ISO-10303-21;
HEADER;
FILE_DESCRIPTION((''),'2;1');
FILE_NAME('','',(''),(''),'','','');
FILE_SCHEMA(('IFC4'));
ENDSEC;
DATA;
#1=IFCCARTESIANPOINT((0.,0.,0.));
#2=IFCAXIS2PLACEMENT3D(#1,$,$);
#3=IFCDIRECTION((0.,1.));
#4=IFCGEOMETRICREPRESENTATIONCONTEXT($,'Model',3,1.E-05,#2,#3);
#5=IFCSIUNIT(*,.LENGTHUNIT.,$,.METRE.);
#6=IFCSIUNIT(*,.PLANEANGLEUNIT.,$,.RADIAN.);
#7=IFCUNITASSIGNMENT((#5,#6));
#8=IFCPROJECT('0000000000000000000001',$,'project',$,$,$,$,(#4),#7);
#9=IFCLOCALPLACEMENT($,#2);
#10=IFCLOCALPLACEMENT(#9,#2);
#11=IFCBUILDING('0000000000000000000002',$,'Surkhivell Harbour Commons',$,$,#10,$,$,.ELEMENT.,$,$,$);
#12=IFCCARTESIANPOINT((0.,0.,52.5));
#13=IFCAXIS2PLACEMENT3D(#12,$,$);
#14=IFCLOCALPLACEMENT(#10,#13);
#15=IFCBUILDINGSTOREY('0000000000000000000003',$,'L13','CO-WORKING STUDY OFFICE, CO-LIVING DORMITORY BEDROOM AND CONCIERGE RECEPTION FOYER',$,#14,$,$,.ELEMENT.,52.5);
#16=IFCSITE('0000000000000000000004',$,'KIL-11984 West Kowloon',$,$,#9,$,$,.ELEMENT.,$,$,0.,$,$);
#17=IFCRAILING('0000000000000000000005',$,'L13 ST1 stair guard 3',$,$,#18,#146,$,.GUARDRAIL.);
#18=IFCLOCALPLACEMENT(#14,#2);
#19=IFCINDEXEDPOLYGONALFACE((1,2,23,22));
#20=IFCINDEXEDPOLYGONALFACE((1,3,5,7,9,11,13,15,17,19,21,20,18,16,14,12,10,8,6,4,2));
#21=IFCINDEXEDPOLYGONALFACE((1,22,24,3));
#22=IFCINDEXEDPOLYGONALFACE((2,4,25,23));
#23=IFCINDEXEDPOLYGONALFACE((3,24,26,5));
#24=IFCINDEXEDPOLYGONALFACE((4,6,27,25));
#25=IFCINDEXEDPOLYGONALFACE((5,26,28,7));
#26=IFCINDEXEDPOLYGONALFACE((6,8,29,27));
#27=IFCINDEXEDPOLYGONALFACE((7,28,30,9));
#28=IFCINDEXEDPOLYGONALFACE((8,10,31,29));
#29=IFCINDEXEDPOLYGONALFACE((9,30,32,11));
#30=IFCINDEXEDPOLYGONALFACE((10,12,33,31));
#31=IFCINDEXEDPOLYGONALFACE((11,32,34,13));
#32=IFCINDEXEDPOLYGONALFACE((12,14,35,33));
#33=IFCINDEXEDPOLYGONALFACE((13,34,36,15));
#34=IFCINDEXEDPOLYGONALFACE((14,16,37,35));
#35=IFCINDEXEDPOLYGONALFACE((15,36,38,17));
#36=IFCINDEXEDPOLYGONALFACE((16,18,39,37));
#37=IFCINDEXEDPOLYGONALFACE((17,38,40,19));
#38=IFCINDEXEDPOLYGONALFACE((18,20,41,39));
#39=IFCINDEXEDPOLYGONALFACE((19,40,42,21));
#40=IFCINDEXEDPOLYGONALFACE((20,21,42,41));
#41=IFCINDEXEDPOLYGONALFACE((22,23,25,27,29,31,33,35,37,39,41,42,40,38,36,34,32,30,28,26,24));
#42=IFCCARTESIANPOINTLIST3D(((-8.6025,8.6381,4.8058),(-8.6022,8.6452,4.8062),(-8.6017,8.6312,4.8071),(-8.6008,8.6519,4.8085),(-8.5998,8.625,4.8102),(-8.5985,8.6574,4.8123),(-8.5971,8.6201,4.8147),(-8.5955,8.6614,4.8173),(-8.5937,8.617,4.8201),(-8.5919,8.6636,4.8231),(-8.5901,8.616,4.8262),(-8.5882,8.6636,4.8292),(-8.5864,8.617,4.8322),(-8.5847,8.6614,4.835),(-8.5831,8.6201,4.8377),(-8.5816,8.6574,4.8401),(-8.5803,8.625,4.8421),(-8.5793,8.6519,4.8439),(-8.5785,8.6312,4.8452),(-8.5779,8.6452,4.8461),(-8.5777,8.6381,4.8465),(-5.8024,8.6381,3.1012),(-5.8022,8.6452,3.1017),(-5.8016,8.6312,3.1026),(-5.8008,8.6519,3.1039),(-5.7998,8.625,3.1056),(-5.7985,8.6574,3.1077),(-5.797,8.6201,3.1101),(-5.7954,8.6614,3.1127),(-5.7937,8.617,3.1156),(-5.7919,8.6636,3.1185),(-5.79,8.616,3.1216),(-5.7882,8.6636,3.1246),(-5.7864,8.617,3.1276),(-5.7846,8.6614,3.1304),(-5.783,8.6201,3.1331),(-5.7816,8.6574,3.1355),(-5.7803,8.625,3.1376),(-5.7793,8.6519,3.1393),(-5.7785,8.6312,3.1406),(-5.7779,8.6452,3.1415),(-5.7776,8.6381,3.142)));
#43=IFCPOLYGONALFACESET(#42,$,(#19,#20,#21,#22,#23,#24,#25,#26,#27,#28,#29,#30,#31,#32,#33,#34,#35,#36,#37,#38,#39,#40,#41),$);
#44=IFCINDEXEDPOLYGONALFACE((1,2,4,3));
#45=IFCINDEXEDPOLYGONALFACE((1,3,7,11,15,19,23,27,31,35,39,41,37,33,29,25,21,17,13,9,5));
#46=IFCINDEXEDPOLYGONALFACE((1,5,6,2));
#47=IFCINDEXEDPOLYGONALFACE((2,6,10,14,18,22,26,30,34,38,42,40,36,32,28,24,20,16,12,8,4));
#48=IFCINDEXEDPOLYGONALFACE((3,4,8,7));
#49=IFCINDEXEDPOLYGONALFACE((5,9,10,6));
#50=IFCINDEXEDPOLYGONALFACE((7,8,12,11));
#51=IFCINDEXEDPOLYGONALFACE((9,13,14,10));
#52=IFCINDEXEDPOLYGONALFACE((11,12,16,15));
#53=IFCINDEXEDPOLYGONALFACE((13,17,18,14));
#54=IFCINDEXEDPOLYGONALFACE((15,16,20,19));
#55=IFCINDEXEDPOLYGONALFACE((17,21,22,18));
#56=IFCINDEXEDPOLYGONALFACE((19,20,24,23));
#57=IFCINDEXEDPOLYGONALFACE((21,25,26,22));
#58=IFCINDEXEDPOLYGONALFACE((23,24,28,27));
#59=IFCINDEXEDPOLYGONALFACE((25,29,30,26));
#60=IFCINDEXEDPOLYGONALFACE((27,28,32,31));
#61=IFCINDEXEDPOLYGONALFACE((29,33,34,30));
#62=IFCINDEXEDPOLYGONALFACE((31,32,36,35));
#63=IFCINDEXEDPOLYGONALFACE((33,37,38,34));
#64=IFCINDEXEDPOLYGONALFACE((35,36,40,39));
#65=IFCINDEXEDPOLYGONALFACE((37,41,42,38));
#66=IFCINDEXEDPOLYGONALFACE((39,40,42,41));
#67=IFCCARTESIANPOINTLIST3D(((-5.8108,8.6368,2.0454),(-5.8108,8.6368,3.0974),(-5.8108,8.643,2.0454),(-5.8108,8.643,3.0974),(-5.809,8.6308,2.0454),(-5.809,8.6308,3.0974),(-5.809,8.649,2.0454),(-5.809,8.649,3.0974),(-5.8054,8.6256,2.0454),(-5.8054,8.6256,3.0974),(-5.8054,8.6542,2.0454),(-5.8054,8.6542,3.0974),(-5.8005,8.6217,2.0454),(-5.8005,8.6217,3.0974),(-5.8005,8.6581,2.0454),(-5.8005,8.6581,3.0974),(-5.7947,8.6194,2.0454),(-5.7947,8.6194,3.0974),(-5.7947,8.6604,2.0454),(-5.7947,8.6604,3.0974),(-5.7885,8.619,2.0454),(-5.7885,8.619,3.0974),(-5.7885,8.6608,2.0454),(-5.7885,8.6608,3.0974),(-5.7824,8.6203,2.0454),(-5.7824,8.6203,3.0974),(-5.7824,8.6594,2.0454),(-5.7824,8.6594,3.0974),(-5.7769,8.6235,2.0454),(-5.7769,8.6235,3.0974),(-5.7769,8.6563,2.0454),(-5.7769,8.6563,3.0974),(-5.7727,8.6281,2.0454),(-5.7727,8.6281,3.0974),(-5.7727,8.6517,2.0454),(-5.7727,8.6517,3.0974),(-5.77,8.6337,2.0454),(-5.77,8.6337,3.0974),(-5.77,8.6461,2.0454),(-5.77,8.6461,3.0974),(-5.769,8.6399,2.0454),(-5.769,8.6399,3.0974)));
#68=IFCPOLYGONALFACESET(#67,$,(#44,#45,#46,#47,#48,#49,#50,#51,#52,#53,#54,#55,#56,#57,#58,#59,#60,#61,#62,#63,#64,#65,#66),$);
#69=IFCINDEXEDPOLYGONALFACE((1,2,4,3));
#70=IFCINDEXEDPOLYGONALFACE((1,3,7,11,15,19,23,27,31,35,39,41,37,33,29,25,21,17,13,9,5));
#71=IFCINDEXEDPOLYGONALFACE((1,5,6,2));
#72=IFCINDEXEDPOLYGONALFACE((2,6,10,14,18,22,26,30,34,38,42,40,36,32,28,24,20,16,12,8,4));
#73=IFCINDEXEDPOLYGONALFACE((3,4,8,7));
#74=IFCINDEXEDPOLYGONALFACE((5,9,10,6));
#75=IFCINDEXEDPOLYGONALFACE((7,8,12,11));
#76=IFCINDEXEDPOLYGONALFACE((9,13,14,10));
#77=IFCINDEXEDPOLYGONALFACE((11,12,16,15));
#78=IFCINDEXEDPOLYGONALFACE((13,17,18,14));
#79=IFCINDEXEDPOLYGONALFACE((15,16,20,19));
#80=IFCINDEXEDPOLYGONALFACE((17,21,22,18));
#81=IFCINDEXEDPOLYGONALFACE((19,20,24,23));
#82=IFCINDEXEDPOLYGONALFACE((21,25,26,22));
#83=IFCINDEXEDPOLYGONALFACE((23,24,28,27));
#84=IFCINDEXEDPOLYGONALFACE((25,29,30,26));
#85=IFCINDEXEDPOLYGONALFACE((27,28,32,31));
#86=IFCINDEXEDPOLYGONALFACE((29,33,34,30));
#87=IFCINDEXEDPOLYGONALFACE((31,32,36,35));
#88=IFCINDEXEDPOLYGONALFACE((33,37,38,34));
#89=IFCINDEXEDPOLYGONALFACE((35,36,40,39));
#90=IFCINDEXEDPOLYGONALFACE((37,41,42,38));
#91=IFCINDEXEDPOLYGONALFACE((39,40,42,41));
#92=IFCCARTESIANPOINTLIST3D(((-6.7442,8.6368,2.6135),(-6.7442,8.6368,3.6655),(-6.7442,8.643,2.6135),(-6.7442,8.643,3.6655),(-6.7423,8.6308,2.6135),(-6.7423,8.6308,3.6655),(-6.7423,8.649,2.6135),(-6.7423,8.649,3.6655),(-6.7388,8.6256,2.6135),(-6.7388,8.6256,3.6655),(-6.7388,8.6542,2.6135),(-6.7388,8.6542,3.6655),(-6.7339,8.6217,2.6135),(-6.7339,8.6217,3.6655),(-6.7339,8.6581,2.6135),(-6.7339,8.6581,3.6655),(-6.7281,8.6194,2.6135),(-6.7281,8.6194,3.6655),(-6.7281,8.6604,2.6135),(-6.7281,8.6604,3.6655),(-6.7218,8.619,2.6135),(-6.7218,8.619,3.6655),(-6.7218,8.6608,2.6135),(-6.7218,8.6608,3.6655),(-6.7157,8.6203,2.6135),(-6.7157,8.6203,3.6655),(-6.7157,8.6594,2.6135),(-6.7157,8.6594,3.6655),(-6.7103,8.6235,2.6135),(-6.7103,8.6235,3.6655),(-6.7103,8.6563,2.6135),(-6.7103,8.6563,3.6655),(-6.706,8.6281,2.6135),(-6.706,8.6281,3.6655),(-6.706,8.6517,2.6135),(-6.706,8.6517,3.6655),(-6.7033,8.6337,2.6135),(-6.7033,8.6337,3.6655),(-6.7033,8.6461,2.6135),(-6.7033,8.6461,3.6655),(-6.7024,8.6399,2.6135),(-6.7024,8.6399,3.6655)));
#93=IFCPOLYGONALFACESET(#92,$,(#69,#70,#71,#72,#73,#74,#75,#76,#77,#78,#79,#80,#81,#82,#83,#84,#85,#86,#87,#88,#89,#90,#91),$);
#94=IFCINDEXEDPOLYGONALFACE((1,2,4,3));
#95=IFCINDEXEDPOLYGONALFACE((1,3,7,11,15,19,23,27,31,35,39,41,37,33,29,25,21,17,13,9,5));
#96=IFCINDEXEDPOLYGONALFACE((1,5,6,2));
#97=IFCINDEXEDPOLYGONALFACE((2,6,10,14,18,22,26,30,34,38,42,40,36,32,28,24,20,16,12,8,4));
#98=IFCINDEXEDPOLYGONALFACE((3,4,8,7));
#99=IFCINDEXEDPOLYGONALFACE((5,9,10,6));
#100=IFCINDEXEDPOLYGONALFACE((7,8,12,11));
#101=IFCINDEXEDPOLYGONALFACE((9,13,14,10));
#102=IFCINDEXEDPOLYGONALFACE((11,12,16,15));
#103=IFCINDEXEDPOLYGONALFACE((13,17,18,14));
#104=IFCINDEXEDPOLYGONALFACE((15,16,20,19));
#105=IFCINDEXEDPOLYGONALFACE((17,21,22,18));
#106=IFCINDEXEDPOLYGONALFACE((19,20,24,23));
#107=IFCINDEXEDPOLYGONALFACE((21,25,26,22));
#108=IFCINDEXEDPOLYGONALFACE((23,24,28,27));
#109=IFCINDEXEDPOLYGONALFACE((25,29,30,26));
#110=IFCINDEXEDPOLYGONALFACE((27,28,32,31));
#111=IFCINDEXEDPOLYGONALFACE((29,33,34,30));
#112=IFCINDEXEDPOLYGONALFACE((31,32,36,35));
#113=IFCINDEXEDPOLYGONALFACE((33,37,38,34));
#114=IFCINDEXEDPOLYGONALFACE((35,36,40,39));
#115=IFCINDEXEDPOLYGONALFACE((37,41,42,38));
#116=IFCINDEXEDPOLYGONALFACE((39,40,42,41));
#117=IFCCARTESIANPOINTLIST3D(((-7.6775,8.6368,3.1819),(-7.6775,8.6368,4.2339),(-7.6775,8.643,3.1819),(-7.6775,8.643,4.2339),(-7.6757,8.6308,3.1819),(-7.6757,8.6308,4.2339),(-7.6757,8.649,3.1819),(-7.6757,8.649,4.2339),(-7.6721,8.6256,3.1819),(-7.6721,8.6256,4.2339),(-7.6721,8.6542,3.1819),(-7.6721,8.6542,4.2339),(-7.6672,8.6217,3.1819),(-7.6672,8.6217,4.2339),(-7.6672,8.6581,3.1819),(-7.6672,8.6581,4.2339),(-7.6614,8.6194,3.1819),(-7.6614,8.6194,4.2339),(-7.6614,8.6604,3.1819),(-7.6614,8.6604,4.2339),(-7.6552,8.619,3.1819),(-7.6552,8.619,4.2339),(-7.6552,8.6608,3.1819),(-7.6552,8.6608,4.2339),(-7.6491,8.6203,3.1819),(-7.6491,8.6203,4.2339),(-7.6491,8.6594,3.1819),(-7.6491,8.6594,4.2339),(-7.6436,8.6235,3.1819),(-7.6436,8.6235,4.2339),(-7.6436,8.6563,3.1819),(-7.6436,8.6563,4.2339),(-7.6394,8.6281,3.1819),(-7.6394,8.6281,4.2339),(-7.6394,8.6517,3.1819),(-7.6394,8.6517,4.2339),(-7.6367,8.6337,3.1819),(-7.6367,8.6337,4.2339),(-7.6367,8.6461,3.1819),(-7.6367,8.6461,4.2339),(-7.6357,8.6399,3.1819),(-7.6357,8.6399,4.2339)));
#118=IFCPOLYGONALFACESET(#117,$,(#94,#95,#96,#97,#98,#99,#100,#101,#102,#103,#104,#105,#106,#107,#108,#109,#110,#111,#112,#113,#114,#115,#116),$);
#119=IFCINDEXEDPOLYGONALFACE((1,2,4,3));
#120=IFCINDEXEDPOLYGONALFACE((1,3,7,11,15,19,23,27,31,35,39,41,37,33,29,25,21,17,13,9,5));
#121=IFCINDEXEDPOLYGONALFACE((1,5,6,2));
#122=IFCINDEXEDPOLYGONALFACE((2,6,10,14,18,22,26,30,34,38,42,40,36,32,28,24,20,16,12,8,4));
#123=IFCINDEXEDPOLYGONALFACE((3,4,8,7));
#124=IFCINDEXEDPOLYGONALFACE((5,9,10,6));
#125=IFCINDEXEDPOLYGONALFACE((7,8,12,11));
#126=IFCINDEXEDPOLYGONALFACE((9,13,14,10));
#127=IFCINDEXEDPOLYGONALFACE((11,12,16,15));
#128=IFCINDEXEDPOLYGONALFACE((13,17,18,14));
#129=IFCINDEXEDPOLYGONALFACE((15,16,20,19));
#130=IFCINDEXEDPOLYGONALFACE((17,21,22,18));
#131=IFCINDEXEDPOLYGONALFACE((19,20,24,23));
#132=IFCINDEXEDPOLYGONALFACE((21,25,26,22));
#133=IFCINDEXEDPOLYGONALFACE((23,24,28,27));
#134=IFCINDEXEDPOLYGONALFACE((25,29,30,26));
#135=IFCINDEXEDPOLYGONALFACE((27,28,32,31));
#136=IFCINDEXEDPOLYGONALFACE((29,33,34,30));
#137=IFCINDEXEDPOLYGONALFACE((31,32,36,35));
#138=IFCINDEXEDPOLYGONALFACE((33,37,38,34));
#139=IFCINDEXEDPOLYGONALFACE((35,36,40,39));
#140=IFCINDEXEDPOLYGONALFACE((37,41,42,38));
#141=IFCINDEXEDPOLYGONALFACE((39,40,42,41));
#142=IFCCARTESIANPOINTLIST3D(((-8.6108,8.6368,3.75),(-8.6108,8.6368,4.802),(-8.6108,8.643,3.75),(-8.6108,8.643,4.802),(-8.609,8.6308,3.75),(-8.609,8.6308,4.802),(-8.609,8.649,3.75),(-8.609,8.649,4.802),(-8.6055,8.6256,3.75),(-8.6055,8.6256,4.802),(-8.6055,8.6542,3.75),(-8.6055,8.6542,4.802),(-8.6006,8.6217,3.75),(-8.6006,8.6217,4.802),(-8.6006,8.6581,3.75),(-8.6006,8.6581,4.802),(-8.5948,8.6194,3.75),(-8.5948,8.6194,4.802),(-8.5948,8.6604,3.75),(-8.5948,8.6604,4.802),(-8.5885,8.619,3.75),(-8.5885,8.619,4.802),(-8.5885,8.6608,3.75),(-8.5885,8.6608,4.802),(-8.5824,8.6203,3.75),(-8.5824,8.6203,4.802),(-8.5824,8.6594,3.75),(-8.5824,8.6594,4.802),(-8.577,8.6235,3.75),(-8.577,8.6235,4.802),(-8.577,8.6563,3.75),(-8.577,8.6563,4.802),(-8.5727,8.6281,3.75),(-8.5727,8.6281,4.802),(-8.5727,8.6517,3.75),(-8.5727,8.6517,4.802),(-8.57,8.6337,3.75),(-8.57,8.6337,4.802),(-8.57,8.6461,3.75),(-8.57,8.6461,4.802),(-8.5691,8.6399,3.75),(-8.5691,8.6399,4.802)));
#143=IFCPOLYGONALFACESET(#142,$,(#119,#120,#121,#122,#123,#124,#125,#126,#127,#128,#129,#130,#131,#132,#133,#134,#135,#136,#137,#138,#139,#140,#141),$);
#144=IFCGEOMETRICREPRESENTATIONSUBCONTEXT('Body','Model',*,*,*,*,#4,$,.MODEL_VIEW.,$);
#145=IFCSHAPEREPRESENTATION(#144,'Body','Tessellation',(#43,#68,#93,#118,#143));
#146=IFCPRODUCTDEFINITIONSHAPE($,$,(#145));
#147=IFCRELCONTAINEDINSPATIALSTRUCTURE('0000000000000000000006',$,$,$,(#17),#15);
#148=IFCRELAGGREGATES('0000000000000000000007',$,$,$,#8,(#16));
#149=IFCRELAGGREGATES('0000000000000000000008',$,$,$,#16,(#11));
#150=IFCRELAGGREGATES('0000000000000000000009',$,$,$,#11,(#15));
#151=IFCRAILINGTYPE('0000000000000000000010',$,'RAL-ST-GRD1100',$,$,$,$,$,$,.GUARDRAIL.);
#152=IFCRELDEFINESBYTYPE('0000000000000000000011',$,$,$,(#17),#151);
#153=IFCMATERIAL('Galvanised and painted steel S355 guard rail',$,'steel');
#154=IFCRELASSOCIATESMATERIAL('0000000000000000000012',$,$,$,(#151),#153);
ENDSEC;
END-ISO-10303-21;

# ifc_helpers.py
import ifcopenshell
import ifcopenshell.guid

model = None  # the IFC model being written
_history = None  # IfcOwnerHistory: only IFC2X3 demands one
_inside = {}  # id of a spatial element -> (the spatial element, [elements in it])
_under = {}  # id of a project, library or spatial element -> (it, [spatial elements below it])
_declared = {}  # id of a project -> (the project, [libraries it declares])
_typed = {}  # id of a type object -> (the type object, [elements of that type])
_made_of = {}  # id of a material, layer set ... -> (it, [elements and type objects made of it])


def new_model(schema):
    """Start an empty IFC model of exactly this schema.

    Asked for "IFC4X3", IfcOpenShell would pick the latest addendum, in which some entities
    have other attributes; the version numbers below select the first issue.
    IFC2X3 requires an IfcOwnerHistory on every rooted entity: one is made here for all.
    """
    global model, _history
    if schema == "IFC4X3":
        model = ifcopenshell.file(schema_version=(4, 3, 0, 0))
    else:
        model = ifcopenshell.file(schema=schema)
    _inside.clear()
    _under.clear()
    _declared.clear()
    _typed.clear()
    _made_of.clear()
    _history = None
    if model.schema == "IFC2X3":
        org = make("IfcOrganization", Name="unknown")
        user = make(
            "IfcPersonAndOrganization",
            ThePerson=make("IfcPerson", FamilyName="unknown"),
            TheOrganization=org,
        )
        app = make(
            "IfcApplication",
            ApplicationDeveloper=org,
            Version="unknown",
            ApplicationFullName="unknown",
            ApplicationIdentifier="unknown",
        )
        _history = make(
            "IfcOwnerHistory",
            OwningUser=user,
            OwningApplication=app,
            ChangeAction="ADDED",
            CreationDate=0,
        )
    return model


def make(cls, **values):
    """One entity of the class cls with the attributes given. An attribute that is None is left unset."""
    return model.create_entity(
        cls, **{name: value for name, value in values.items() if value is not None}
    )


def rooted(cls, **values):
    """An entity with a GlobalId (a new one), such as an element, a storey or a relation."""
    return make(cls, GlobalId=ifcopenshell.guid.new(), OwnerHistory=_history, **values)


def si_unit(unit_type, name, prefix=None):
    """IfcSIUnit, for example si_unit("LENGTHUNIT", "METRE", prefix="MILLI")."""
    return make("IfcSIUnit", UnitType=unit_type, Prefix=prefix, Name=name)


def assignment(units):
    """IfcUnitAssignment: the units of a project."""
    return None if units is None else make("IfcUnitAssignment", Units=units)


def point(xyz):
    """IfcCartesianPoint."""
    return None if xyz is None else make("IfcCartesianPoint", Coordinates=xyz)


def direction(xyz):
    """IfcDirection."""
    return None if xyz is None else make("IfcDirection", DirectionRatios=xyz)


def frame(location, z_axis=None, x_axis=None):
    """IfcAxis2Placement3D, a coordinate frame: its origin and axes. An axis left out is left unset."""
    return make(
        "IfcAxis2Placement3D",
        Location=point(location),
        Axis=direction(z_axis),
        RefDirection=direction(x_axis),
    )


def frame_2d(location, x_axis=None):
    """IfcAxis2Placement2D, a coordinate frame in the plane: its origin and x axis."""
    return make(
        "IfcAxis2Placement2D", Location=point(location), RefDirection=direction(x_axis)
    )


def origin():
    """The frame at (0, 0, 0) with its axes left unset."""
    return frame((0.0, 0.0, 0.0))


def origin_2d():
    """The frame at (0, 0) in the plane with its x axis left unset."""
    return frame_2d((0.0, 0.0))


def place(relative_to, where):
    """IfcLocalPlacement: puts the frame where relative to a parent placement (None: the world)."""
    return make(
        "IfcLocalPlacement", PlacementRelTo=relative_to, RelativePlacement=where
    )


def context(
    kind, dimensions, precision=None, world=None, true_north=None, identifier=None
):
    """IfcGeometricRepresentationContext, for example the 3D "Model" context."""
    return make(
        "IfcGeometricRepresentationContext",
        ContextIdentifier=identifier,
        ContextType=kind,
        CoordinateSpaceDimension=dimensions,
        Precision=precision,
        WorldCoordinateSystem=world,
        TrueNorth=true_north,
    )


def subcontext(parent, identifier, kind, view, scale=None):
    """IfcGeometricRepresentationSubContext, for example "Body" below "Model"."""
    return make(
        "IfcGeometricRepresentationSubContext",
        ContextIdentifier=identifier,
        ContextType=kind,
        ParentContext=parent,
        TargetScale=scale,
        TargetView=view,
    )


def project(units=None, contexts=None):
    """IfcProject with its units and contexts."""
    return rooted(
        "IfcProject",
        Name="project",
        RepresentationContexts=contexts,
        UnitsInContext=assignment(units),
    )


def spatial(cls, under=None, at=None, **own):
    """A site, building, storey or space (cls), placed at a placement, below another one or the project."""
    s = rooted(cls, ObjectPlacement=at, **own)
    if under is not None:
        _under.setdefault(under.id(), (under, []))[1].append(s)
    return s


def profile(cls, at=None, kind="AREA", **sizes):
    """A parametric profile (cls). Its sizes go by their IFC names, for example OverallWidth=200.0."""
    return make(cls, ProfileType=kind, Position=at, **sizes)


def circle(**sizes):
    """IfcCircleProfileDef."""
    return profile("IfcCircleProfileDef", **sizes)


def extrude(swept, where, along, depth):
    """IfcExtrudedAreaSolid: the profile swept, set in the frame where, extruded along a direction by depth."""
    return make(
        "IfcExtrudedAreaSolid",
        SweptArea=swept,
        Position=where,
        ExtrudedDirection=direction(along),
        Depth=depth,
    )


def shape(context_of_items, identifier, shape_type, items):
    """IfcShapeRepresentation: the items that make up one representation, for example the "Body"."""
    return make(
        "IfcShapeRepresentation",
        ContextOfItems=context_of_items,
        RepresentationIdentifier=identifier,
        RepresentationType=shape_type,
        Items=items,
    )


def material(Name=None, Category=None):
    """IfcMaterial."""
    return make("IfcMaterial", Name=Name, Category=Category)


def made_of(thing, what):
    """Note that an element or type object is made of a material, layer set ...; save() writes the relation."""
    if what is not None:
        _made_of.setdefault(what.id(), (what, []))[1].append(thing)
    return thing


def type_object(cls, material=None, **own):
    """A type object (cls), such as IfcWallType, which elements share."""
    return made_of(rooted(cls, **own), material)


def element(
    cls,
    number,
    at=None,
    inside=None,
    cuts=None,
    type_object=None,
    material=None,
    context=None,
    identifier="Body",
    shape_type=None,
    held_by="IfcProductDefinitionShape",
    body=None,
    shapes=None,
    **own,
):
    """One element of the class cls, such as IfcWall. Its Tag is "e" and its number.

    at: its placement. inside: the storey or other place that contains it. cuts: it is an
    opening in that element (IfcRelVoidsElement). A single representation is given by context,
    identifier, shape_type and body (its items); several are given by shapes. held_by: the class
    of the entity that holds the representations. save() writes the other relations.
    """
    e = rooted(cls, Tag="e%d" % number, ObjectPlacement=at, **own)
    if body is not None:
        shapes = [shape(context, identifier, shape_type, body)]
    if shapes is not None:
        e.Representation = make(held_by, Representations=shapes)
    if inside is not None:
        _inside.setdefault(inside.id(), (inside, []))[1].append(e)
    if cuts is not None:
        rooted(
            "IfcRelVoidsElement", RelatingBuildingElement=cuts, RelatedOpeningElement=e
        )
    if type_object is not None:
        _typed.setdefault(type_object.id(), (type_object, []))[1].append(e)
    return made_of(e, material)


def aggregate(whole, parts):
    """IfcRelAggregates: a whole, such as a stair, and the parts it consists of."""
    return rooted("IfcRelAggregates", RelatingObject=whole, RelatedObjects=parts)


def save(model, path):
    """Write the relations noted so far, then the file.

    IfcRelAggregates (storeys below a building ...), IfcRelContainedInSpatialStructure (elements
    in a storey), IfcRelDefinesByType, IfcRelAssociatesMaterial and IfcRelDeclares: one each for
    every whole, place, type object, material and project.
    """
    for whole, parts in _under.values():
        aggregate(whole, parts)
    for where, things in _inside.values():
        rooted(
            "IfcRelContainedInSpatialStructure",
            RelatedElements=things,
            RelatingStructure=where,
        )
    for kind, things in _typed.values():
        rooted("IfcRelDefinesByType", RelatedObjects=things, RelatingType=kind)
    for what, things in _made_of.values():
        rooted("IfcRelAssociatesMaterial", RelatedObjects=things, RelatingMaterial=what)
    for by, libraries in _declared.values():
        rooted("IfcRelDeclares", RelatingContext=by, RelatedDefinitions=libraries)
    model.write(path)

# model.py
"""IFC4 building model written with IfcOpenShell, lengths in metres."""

from ifc_helpers import new_model, si_unit, direction, frame, origin, origin_2d, place, context, subcontext, project, spatial, circle, extrude, material, type_object, element, save


model = new_model("IFC4")

# Units and contexts
model_context = context("Model", 3, precision=1e-05, world=origin(), true_north=direction((0.0, 1.0)))
body_context = subcontext(model_context, "Body", "Model", "MODEL_VIEW")
ifc_project = project(units=[si_unit("LENGTHUNIT", "METRE"), si_unit("PLANEANGLEUNIT", "RADIAN")], contexts=[model_context])

# Site, building, storey
site_placement = place(None, origin())
site = spatial("IfcSite", under=ifc_project, at=site_placement, Name="KIL-11984 West Kowloon", CompositionType="ELEMENT", RefElevation=0.0)
building_placement = place(site_placement, origin())
building = spatial("IfcBuilding", under=site, at=building_placement, Name="Surkhivell Harbour Commons", CompositionType="ELEMENT")
storey_placement = place(building_placement, frame((0.0, 0.0, 52.5)))
storey = spatial("IfcBuildingStorey", under=building, at=storey_placement, Name="L13", Description="CO-WORKING STUDY OFFICE, CO-LIVING DORMITORY BEDROOM AND CONCIERGE RECEPTION FOYER", CompositionType="ELEMENT", Elevation=52.5)

# Railing
ifc_material_1 = material(Name="Galvanised and painted steel S355 guard rail", Category="steel")
railing_type_1 = type_object("IfcRailingType", Name="RAL-ST-GRD1100", PredefinedType="GUARDRAIL", material=ifc_material_1)
railing_1_placement = place(storey_placement, frame((-5.79, 8.6399, 2.0454)))
element("IfcRailing", 1, at=railing_1_placement, inside=storey, type_object=railing_type_1, Name="L13 ST1 stair guard 3", PredefinedType="GUARDRAIL", context=body_context, shape_type="SweptSolid", body=[
    extrude(circle(Radius=0.0239, at=origin_2d()), frame((0.0, 0.0, 1.0762), z_axis=(-0.85417, 0.0, 0.519994), x_axis=(0.0, -1.0, 0.0)), (0.0, 0.0, 1.0), 3.2781),
    extrude(circle(Radius=0.021, at=origin_2d()), origin(), (0.0, 0.0, 1.0), 1.052),
    extrude(circle(Radius=0.021, at=origin_2d()), frame((-0.9333, 0.0, 0.5681)), (0.0, 0.0, 1.0), 1.052),
    extrude(circle(Radius=0.021, at=origin_2d()), frame((-1.8667, 0.0, 1.1365)), (0.0, 0.0, 1.0), 1.052),
    extrude(circle(Radius=0.021, at=origin_2d()), frame((-2.8, 0.0, 1.7046)), (0.0, 0.0, 1.0), 1.052),
])

save(model, "model.ifc")
